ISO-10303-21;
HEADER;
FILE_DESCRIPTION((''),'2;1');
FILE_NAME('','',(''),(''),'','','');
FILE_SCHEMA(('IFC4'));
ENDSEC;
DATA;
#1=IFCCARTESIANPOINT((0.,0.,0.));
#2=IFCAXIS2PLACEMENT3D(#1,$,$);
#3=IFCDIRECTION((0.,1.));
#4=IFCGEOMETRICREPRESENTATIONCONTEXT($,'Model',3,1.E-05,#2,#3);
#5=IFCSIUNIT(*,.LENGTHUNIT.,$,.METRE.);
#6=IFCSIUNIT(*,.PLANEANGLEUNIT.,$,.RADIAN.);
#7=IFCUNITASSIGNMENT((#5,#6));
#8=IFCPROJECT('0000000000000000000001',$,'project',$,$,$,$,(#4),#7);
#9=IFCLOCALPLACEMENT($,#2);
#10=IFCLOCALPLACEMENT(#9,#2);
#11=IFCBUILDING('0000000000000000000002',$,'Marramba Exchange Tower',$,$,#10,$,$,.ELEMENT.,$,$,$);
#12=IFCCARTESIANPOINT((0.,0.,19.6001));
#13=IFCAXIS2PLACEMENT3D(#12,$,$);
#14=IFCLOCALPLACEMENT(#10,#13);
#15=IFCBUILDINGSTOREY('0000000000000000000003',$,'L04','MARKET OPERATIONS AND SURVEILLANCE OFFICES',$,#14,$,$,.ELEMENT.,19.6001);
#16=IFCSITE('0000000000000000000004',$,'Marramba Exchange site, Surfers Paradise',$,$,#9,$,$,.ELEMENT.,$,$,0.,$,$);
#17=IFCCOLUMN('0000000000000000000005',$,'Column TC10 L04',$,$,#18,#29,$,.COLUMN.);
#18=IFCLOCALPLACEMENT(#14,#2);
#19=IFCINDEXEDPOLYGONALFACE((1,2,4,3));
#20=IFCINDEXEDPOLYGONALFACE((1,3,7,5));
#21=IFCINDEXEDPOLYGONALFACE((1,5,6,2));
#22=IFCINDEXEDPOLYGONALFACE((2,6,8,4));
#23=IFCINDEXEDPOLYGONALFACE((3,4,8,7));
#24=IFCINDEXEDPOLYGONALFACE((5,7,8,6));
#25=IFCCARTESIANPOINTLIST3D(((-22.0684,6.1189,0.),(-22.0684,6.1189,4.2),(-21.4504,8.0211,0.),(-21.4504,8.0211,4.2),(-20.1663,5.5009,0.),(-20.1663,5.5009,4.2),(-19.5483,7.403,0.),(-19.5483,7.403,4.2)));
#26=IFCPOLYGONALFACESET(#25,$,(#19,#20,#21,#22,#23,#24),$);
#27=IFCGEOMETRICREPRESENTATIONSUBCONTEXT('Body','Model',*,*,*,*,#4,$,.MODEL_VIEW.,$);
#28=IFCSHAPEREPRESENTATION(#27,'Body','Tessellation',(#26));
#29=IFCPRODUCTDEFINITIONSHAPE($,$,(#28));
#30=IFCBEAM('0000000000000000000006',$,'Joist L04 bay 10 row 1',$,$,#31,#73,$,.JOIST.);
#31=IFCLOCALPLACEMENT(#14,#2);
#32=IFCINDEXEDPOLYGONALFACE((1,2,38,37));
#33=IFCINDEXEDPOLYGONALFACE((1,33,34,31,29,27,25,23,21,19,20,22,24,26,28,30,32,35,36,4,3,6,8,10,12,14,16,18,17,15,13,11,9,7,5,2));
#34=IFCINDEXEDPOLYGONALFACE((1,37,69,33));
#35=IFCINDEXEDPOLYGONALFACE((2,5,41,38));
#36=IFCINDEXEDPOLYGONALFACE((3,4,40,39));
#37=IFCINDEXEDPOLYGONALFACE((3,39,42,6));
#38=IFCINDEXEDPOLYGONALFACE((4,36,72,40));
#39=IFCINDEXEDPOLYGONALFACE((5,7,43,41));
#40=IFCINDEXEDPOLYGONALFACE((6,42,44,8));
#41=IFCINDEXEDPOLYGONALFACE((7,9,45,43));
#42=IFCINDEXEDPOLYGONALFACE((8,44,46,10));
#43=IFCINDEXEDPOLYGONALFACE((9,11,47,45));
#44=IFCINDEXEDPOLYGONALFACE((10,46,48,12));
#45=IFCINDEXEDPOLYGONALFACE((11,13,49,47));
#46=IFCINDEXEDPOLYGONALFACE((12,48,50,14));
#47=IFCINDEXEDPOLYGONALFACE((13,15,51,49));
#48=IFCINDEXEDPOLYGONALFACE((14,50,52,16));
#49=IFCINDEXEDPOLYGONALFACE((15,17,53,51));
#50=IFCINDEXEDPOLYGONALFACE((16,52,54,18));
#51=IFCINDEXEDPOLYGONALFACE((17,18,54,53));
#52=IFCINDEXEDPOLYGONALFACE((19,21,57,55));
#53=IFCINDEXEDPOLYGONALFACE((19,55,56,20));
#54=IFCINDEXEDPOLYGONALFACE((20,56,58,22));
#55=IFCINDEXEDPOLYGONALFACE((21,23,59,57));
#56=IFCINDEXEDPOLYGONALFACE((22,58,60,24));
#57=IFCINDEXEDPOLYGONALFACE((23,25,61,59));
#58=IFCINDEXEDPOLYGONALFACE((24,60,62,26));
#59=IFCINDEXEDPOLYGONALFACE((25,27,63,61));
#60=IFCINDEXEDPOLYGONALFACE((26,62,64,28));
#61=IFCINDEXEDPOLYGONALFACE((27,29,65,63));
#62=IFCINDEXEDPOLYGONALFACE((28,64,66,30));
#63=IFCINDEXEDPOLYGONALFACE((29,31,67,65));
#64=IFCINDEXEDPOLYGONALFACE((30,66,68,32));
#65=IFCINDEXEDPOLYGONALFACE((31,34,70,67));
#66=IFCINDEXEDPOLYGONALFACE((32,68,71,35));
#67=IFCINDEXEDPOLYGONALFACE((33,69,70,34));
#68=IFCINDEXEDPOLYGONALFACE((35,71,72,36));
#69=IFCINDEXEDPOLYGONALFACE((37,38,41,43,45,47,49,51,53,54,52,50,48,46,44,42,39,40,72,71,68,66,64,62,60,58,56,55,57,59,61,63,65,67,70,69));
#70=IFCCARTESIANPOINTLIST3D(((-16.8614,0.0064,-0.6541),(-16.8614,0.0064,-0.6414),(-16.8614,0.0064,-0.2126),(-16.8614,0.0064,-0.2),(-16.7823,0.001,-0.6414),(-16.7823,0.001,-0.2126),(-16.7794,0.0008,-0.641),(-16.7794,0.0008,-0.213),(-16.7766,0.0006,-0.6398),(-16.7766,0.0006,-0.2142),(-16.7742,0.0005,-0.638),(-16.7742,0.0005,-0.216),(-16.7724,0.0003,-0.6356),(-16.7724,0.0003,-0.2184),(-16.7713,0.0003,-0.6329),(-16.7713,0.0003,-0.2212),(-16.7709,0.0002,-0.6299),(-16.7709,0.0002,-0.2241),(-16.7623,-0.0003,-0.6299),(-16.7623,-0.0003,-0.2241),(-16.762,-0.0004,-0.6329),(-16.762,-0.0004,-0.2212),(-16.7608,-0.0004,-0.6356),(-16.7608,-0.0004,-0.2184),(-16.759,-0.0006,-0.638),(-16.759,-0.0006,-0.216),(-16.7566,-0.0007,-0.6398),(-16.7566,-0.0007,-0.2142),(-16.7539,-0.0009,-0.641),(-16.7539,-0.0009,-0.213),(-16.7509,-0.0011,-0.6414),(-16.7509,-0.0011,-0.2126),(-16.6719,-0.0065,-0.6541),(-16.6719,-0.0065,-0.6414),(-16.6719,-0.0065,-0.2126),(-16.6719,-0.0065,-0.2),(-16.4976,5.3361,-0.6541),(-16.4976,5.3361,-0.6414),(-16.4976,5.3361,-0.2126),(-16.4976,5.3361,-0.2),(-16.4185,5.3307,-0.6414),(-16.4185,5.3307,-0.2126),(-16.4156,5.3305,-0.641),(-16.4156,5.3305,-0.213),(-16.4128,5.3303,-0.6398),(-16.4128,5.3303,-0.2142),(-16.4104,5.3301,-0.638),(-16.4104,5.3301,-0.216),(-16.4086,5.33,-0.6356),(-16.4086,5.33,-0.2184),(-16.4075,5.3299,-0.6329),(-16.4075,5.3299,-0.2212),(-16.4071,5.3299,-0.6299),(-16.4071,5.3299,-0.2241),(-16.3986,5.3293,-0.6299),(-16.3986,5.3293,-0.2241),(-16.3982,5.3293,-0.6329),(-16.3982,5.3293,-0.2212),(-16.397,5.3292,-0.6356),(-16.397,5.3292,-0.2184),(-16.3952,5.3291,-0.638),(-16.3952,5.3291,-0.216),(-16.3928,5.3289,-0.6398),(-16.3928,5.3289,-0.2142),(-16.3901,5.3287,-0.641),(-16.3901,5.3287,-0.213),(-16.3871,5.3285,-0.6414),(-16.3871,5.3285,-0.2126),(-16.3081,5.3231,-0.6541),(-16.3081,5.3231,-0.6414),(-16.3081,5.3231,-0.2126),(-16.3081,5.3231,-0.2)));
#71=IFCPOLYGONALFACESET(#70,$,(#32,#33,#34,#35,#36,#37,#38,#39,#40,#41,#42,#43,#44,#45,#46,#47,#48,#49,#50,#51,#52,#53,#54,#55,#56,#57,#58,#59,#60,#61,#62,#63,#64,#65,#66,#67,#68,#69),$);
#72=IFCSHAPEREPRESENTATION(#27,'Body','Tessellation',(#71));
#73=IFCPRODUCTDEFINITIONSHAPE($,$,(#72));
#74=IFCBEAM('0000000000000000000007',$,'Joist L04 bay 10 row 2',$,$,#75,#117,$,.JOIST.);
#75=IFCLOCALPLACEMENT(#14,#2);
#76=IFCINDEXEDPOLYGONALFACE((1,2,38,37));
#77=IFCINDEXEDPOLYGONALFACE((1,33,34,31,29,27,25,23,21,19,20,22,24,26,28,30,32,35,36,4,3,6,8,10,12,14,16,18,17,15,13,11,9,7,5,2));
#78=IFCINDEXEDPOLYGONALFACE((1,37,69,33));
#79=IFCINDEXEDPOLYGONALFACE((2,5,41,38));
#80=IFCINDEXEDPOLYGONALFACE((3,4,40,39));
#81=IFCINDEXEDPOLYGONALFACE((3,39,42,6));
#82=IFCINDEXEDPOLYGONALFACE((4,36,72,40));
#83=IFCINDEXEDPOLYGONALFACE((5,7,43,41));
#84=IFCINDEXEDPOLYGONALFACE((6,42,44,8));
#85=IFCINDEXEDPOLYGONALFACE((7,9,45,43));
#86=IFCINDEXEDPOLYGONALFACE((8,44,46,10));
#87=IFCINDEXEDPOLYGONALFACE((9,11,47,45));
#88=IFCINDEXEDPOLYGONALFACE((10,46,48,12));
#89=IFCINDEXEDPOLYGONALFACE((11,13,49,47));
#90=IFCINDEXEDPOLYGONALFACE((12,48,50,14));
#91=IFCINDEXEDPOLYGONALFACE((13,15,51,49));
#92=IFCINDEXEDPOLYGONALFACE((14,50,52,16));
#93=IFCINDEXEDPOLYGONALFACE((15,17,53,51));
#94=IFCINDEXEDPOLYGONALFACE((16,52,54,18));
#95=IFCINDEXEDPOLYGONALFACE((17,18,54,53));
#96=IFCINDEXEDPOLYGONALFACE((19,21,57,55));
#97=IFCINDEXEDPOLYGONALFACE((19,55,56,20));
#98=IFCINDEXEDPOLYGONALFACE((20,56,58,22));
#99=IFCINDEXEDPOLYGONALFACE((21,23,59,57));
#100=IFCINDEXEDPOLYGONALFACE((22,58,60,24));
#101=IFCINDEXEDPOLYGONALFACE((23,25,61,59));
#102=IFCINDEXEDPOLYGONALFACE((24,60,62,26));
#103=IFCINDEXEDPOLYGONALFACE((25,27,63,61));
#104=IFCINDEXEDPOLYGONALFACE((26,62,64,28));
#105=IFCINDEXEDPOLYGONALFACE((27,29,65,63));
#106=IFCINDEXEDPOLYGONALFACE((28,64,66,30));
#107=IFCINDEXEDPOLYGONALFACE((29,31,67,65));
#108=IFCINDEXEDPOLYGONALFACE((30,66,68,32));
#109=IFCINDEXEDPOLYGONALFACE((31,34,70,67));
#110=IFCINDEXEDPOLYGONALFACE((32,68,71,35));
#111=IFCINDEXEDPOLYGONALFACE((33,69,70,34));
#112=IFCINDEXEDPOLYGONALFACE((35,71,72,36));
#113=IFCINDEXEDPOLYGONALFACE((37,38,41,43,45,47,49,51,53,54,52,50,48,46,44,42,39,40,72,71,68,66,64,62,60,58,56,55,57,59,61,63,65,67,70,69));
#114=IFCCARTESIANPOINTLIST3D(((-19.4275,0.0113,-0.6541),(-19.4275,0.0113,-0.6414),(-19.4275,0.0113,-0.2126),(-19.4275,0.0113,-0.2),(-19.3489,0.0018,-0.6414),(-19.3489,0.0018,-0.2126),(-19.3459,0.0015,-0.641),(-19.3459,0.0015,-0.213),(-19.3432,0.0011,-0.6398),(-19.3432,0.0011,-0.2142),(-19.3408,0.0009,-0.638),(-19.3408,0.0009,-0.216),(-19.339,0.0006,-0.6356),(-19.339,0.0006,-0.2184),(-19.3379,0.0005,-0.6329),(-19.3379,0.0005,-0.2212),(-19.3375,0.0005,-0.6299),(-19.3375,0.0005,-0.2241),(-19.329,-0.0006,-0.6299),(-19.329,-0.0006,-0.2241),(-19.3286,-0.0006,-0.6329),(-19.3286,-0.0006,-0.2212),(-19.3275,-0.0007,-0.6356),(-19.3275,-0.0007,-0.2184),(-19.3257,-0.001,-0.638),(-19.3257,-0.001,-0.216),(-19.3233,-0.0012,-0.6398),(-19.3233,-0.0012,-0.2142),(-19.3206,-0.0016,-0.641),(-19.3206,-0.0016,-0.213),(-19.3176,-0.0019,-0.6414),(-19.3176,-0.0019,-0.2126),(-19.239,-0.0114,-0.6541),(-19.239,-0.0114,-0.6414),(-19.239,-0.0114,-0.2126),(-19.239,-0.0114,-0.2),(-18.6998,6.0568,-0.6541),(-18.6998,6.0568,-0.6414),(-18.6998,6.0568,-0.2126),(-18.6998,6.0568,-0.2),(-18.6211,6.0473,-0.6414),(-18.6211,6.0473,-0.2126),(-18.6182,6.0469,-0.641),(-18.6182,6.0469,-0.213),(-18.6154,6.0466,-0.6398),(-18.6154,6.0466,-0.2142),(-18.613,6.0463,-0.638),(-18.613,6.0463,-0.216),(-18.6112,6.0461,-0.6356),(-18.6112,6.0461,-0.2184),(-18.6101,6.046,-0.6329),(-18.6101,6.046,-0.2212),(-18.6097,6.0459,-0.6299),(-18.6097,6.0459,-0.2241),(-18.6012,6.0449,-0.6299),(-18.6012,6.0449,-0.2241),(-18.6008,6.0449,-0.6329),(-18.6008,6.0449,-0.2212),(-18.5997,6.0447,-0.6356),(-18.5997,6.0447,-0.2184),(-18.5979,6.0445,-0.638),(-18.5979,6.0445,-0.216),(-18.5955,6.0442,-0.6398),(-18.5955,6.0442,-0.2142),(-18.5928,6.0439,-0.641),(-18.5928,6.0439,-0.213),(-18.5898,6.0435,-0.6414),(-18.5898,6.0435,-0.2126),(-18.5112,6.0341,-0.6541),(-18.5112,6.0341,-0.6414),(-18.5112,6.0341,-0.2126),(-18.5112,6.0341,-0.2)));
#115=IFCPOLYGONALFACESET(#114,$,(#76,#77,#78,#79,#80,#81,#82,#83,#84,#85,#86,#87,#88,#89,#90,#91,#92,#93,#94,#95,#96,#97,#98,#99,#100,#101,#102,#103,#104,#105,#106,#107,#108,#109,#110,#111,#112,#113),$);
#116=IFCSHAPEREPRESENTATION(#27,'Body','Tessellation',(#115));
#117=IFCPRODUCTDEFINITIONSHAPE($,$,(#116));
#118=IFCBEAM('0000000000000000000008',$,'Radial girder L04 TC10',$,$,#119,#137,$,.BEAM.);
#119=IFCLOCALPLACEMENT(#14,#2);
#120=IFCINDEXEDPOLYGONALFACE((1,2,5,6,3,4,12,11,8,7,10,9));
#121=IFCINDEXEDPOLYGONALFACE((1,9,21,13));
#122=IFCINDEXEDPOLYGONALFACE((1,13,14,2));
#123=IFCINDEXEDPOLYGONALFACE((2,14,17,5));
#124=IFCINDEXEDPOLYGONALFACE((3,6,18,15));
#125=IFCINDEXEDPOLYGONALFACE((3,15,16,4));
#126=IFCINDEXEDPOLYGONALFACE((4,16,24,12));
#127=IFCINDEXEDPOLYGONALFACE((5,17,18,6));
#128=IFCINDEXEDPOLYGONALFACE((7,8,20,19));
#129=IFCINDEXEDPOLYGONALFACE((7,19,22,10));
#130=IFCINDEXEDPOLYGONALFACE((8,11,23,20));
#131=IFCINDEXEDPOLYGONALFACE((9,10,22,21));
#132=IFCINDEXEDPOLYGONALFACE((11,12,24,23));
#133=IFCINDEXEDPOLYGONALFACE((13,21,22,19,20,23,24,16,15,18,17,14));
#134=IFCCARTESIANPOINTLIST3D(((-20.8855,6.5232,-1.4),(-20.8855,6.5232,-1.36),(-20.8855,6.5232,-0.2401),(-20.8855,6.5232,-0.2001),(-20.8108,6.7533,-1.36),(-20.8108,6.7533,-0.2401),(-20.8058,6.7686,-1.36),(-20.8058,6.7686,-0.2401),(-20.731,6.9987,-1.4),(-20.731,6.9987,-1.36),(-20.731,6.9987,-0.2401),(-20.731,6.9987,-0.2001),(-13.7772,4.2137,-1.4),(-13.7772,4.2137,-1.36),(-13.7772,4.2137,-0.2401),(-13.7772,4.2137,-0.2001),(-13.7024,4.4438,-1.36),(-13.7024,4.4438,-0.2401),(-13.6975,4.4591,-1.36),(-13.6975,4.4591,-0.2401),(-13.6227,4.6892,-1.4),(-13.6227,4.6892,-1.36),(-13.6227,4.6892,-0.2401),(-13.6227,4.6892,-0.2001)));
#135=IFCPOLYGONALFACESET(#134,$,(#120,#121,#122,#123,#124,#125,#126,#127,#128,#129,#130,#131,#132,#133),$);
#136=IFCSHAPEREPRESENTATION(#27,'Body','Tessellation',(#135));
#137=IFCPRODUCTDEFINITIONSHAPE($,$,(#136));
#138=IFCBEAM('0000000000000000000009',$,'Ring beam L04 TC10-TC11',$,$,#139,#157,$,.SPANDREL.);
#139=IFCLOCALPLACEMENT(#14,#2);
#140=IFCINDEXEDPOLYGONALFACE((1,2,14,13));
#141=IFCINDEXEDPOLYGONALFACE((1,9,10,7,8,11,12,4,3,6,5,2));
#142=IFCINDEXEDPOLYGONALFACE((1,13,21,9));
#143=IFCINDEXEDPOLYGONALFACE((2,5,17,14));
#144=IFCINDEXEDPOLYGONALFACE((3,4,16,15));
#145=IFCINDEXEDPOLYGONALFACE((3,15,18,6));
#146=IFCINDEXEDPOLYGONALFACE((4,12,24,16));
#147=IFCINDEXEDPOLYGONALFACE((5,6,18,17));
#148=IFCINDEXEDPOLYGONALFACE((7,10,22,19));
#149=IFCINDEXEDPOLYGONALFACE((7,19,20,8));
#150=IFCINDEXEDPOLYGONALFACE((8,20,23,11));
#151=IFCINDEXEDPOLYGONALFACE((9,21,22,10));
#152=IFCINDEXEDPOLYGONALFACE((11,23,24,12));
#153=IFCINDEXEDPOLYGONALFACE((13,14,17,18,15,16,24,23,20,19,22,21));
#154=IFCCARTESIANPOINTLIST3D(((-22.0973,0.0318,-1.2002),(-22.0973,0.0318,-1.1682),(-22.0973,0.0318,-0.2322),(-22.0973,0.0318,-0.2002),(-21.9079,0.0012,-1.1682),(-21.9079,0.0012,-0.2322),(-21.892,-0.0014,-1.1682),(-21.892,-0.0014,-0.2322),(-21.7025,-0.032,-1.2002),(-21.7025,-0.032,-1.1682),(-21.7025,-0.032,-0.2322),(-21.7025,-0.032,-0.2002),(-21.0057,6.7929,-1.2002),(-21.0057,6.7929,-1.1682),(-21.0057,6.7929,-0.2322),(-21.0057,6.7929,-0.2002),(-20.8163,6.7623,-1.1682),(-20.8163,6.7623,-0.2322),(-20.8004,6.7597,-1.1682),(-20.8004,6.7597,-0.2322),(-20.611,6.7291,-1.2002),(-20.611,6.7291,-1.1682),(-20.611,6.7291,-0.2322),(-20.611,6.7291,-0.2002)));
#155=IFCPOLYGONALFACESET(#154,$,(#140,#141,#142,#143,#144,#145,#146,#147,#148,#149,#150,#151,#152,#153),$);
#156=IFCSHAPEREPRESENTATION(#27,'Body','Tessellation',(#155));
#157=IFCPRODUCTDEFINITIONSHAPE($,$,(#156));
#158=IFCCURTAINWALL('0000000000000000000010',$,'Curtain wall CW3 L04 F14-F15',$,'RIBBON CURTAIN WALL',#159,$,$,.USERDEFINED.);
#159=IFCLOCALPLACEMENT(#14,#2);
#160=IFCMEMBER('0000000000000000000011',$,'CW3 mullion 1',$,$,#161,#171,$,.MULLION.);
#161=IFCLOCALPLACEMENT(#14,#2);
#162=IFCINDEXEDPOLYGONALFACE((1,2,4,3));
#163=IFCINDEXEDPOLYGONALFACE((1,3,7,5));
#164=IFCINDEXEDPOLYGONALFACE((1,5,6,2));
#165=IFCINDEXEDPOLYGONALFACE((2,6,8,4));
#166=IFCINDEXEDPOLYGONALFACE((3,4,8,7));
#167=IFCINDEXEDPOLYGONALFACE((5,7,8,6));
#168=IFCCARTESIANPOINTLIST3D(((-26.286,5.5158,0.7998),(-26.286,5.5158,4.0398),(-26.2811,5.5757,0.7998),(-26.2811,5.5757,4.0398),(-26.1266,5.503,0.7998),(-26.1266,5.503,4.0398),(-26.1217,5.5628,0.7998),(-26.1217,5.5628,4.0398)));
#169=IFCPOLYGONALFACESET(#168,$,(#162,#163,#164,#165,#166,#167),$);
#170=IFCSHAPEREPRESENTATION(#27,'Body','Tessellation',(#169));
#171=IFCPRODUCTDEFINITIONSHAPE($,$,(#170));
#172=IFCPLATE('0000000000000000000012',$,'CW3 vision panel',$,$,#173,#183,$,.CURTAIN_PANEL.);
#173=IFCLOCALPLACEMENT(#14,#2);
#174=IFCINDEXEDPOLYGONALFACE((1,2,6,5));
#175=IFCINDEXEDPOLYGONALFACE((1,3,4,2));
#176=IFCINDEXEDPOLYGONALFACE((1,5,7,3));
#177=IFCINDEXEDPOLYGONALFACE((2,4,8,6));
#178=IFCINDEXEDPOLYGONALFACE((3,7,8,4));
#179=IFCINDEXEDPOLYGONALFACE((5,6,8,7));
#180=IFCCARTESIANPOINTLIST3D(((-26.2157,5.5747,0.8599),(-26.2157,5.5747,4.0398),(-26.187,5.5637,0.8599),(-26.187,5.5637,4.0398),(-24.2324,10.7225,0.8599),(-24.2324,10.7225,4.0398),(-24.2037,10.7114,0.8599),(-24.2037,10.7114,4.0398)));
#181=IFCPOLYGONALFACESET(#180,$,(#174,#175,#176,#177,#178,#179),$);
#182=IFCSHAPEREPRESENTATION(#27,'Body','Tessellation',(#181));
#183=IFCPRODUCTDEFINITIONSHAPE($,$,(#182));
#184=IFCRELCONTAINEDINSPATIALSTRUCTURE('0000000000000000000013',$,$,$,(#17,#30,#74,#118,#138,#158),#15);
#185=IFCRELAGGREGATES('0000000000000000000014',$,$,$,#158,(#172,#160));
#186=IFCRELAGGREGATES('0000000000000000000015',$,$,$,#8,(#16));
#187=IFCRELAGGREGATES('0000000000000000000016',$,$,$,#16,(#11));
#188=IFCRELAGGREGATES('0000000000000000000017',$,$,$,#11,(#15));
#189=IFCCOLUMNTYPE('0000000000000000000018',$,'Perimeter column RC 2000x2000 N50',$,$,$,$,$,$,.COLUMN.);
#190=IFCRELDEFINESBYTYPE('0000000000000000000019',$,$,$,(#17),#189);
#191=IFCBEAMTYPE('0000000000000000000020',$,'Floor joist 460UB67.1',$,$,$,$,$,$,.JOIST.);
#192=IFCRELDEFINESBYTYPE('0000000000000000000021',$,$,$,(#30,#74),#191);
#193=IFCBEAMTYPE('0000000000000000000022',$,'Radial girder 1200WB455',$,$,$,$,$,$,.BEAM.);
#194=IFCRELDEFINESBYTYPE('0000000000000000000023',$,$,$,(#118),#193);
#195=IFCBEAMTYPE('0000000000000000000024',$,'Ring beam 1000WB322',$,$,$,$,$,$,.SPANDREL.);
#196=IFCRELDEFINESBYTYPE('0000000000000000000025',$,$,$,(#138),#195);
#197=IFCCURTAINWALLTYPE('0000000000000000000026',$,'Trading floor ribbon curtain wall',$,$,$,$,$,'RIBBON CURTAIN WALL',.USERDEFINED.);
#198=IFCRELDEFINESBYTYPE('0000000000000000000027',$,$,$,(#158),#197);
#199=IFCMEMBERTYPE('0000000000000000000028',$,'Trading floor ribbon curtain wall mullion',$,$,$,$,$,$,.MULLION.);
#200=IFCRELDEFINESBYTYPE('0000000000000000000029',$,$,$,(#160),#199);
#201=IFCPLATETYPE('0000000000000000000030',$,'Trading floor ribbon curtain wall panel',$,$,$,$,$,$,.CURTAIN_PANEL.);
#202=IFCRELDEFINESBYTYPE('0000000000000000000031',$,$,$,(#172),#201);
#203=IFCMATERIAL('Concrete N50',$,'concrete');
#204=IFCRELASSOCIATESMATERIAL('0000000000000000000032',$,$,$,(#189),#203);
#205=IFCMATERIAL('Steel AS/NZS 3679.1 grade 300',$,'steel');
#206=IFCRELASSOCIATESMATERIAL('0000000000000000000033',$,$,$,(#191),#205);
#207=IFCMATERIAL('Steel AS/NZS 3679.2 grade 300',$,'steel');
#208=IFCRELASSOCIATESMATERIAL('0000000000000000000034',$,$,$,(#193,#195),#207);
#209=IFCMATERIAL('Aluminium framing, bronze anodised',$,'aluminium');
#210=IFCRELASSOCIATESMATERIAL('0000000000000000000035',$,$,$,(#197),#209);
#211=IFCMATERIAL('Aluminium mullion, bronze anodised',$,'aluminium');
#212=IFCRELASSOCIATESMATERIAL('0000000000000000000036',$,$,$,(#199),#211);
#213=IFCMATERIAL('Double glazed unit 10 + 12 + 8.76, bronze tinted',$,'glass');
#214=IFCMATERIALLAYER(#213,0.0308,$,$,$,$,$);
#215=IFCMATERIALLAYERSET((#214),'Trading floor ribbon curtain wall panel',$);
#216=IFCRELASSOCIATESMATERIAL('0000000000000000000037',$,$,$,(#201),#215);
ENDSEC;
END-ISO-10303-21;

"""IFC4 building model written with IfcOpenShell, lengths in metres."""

from ifc_helpers import new_model, si_unit, direction, frame, origin, origin_2d, place, context, subcontext, project, spatial, rectangle, i_section, extrude, material, layer, layer_set, material_profile, profile_set, type_object, element, aggregate, save


model = new_model("IFC4")

# Units and contexts
model_context = context("Model", 3, precision=1e-05, world=origin(), true_north=direction((0.0, 1.0)))
body_context = subcontext(model_context, "Body", "Model", "MODEL_VIEW")
ifc_project = project(units=[si_unit("LENGTHUNIT", "METRE"), si_unit("PLANEANGLEUNIT", "RADIAN")], contexts=[model_context])

# Site, building, storey
site_placement = place(None, origin())
site = spatial("IfcSite", under=ifc_project, at=site_placement, Name="Marramba Exchange site, Surfers Paradise", CompositionType="ELEMENT", RefElevation=0.0)
building_placement = place(site_placement, origin())
building = spatial("IfcBuilding", under=site, at=building_placement, Name="Marramba Exchange Tower", CompositionType="ELEMENT")
storey_placement = place(building_placement, frame((0.0, 0.0, 19.6001)))
storey = spatial("IfcBuildingStorey", under=building, at=storey_placement, Name="L04", Description="MARKET OPERATIONS AND SURVEILLANCE OFFICES", CompositionType="ELEMENT", Elevation=19.6001)

# Column
ifc_material_1 = material(Name="Concrete N50", Category="concrete")
ifc_material_profile_1 = material_profile(ifc_material_1, rectangle(XDim=2.0, YDim=2.0, at=origin_2d()), Name="RC 2000x2000")
ifc_profile_set_1 = profile_set([ifc_material_profile_1], Name="Concrete N50")
column_type = type_object("IfcColumnType", Name="Perimeter column RC 2000x2000 N50", PredefinedType="COLUMN", material=ifc_profile_set_1)
column_placement = place(storey_placement, frame((-20.8083, 6.761, 0.0), z_axis=(0.0, 0.0, 1.0), x_axis=(-0.951057, 0.309017, 0.0)))
element("IfcColumn", 1, at=column_placement, inside=storey, type_object=column_type, Name="Column TC10 L04", PredefinedType="COLUMN", context=body_context, shape_type="SweptSolid", body=[
    extrude(rectangle(XDim=2.0, YDim=2.0, at=origin_2d()), origin(), (0.0, 0.0, 1.0), 4.2),
])

# Beams
ifc_material_2 = material(Name="Steel AS/NZS 3679.1 grade 300", Category="steel")
ifc_material_profile_2 = material_profile(ifc_material_2, i_section(OverallWidth=0.1899, OverallDepth=0.4541, WebThickness=0.0085, FlangeThickness=0.0127, FilletRadius=0.0115, at=origin_2d()), Name="460UB67.1")
ifc_profile_set_2 = profile_set([ifc_material_profile_2], Name="Steel AS/NZS 3679.1 grade 300")
beam_type_1 = type_object("IfcBeamType", Name="Floor joist 460UB67.1", PredefinedType="JOIST", material=ifc_profile_set_2)
beam_1_placement = place(storey_placement, frame((-16.4028, 5.3296, -0.427), z_axis=(-0.068096, -0.997679, 0.0), x_axis=(0.997679, -0.068096, 0.0)))
element("IfcBeam", 2, at=beam_1_placement, inside=storey, type_object=beam_type_1, Name="Joist L04 bay 10 row 1", PredefinedType="JOIST", context=body_context, shape_type="SweptSolid", body=[
    extrude(i_section(OverallWidth=0.1899, OverallDepth=0.4541, WebThickness=0.0085, FlangeThickness=0.0127, FilletRadius=0.0115, at=origin_2d()), origin(), (0.0, 0.0, 1.0), 5.342),
])
beam_2_placement = place(storey_placement, frame((-18.6055, 6.0454, -0.427), z_axis=(-0.119523, -0.992831, 0.0), x_axis=(0.992831, -0.119523, 0.0)))
element("IfcBeam", 3, at=beam_2_placement, inside=storey, type_object=beam_type_1, Name="Joist L04 bay 10 row 2", PredefinedType="JOIST", context=body_context, shape_type="SweptSolid", body=[
    extrude(i_section(OverallWidth=0.1899, OverallDepth=0.4541, WebThickness=0.0085, FlangeThickness=0.0127, FilletRadius=0.0115, at=origin_2d()), origin(), (0.0, 0.0, 1.0), 6.0891),
])
ifc_material_3 = material(Name="Steel AS/NZS 3679.2 grade 300", Category="steel")
ifc_material_profile_3 = material_profile(ifc_material_3, i_section(OverallWidth=0.5, OverallDepth=1.2, WebThickness=0.0161, FlangeThickness=0.04, at=origin_2d()), Name="1200WB455")
ifc_profile_set_3 = profile_set([ifc_material_profile_3], Name="Steel AS/NZS 3679.2 grade 300")
beam_type_2 = type_object("IfcBeamType", Name="Radial girder 1200WB455", PredefinedType="BEAM", material=ifc_profile_set_3)
beam_3_placement = place(storey_placement, frame((-13.7, 4.4514, -0.8), z_axis=(-0.95106, 0.309006, 0.0), x_axis=(-0.309006, -0.95106, 0.0)))
element("IfcBeam", 4, at=beam_3_placement, inside=storey, type_object=beam_type_2, Name="Radial girder L04 TC10", PredefinedType="BEAM", context=body_context, shape_type="SweptSolid", body=[
    extrude(i_section(OverallWidth=0.5, OverallDepth=1.2, WebThickness=0.0161, FlangeThickness=0.04, at=origin_2d()), origin(), (0.0, 0.0, 1.0), 7.4741),
])
ifc_material_profile_4 = material_profile(ifc_material_3, i_section(OverallWidth=0.3999, OverallDepth=1.0, WebThickness=0.0161, FlangeThickness=0.032, at=origin_2d()), Name="1000WB322")
ifc_profile_set_4 = profile_set([ifc_material_profile_4], Name="Steel AS/NZS 3679.2 grade 300")
beam_type_3 = type_object("IfcBeamType", Name="Ring beam 1000WB322", PredefinedType="SPANDREL", material=ifc_profile_set_4)
beam_4_placement = place(storey_placement, frame((-20.8083, 6.761, -0.7002), z_axis=(-0.159385, -0.987217, 0.0), x_axis=(0.987217, -0.159385, 0.0)))
element("IfcBeam", 5, at=beam_4_placement, inside=storey, type_object=beam_type_3, Name="Ring beam L04 TC10-TC11", PredefinedType="SPANDREL", context=body_context, shape_type="SweptSolid", body=[
    extrude(i_section(OverallWidth=0.3999, OverallDepth=1.0, WebThickness=0.0161, FlangeThickness=0.032, at=origin_2d()), origin(), (0.0, 0.0, 1.0), 6.8486),
])

# Curtain wall, member, plate
ifc_material_4 = material(Name="Aluminium framing, bronze anodised", Category="aluminium")
curtain_wall_type = type_object("IfcCurtainWallType", Name="Trading floor ribbon curtain wall", ElementType="RIBBON CURTAIN WALL", PredefinedType="USERDEFINED", material=ifc_material_4)
curtain_wall_placement = place(storey_placement, origin())
curtain_wall = element("IfcCurtainWall", 6, at=curtain_wall_placement, inside=storey, type_object=curtain_wall_type, Name="Curtain wall CW3 L04 F14-F15", ObjectType="RIBBON CURTAIN WALL", PredefinedType="USERDEFINED")
ifc_material_5 = material(Name="Aluminium mullion, bronze anodised", Category="aluminium")
ifc_material_profile_5 = material_profile(ifc_material_5, rectangle(XDim=0.1599, YDim=0.0601, at=origin_2d()), Name="CW3 mullion 60x160")
ifc_profile_set_5 = profile_set([ifc_material_profile_5], Name="Aluminium mullion, bronze anodised")
member_type = type_object("IfcMemberType", Name="Trading floor ribbon curtain wall mullion", PredefinedType="MULLION", material=ifc_profile_set_5)
member_placement = place(storey_placement, frame((-26.2039, 5.5393, 0.7998), z_axis=(0.0, 0.0, 1.0), x_axis=(0.996773, -0.080275, 0.0)))
member = element("IfcMember", 7, at=member_placement, type_object=member_type, Name="CW3 mullion 1", PredefinedType="MULLION", context=body_context, shape_type="SweptSolid", body=[
    extrude(rectangle(XDim=0.1599, YDim=0.0601, at=origin_2d()), origin(), (0.0, 0.0, 1.0), 3.24),
])
ifc_material_6 = material(Name="Double glazed unit 10 + 12 + 8.76, bronze tinted", Category="glass")
ifc_layer_1 = layer(ifc_material_6, 0.0308)
ifc_layer_set_1 = layer_set([ifc_layer_1], Name="Trading floor ribbon curtain wall panel")
plate_type = type_object("IfcPlateType", Name="Trading floor ribbon curtain wall panel", PredefinedType="CURTAIN_PANEL", material=ifc_layer_set_1)
plate_placement = place(storey_placement, frame((-25.2097, 8.1431, 0.8599), z_axis=(0.0, 0.0, 1.0), x_axis=(-0.359526, -0.933135, 0.0)))
plate = element("IfcPlate", 8, at=plate_placement, type_object=plate_type, Name="CW3 vision panel", PredefinedType="CURTAIN_PANEL", context=body_context, shape_type="SweptSolid", body=[
    extrude(rectangle(XDim=5.5166, YDim=0.0308, at=origin_2d()), origin(), (0.0, 0.0, 1.0), 3.1799),
])
aggregate(curtain_wall, [plate, member])

save(model, "model.ifc")
